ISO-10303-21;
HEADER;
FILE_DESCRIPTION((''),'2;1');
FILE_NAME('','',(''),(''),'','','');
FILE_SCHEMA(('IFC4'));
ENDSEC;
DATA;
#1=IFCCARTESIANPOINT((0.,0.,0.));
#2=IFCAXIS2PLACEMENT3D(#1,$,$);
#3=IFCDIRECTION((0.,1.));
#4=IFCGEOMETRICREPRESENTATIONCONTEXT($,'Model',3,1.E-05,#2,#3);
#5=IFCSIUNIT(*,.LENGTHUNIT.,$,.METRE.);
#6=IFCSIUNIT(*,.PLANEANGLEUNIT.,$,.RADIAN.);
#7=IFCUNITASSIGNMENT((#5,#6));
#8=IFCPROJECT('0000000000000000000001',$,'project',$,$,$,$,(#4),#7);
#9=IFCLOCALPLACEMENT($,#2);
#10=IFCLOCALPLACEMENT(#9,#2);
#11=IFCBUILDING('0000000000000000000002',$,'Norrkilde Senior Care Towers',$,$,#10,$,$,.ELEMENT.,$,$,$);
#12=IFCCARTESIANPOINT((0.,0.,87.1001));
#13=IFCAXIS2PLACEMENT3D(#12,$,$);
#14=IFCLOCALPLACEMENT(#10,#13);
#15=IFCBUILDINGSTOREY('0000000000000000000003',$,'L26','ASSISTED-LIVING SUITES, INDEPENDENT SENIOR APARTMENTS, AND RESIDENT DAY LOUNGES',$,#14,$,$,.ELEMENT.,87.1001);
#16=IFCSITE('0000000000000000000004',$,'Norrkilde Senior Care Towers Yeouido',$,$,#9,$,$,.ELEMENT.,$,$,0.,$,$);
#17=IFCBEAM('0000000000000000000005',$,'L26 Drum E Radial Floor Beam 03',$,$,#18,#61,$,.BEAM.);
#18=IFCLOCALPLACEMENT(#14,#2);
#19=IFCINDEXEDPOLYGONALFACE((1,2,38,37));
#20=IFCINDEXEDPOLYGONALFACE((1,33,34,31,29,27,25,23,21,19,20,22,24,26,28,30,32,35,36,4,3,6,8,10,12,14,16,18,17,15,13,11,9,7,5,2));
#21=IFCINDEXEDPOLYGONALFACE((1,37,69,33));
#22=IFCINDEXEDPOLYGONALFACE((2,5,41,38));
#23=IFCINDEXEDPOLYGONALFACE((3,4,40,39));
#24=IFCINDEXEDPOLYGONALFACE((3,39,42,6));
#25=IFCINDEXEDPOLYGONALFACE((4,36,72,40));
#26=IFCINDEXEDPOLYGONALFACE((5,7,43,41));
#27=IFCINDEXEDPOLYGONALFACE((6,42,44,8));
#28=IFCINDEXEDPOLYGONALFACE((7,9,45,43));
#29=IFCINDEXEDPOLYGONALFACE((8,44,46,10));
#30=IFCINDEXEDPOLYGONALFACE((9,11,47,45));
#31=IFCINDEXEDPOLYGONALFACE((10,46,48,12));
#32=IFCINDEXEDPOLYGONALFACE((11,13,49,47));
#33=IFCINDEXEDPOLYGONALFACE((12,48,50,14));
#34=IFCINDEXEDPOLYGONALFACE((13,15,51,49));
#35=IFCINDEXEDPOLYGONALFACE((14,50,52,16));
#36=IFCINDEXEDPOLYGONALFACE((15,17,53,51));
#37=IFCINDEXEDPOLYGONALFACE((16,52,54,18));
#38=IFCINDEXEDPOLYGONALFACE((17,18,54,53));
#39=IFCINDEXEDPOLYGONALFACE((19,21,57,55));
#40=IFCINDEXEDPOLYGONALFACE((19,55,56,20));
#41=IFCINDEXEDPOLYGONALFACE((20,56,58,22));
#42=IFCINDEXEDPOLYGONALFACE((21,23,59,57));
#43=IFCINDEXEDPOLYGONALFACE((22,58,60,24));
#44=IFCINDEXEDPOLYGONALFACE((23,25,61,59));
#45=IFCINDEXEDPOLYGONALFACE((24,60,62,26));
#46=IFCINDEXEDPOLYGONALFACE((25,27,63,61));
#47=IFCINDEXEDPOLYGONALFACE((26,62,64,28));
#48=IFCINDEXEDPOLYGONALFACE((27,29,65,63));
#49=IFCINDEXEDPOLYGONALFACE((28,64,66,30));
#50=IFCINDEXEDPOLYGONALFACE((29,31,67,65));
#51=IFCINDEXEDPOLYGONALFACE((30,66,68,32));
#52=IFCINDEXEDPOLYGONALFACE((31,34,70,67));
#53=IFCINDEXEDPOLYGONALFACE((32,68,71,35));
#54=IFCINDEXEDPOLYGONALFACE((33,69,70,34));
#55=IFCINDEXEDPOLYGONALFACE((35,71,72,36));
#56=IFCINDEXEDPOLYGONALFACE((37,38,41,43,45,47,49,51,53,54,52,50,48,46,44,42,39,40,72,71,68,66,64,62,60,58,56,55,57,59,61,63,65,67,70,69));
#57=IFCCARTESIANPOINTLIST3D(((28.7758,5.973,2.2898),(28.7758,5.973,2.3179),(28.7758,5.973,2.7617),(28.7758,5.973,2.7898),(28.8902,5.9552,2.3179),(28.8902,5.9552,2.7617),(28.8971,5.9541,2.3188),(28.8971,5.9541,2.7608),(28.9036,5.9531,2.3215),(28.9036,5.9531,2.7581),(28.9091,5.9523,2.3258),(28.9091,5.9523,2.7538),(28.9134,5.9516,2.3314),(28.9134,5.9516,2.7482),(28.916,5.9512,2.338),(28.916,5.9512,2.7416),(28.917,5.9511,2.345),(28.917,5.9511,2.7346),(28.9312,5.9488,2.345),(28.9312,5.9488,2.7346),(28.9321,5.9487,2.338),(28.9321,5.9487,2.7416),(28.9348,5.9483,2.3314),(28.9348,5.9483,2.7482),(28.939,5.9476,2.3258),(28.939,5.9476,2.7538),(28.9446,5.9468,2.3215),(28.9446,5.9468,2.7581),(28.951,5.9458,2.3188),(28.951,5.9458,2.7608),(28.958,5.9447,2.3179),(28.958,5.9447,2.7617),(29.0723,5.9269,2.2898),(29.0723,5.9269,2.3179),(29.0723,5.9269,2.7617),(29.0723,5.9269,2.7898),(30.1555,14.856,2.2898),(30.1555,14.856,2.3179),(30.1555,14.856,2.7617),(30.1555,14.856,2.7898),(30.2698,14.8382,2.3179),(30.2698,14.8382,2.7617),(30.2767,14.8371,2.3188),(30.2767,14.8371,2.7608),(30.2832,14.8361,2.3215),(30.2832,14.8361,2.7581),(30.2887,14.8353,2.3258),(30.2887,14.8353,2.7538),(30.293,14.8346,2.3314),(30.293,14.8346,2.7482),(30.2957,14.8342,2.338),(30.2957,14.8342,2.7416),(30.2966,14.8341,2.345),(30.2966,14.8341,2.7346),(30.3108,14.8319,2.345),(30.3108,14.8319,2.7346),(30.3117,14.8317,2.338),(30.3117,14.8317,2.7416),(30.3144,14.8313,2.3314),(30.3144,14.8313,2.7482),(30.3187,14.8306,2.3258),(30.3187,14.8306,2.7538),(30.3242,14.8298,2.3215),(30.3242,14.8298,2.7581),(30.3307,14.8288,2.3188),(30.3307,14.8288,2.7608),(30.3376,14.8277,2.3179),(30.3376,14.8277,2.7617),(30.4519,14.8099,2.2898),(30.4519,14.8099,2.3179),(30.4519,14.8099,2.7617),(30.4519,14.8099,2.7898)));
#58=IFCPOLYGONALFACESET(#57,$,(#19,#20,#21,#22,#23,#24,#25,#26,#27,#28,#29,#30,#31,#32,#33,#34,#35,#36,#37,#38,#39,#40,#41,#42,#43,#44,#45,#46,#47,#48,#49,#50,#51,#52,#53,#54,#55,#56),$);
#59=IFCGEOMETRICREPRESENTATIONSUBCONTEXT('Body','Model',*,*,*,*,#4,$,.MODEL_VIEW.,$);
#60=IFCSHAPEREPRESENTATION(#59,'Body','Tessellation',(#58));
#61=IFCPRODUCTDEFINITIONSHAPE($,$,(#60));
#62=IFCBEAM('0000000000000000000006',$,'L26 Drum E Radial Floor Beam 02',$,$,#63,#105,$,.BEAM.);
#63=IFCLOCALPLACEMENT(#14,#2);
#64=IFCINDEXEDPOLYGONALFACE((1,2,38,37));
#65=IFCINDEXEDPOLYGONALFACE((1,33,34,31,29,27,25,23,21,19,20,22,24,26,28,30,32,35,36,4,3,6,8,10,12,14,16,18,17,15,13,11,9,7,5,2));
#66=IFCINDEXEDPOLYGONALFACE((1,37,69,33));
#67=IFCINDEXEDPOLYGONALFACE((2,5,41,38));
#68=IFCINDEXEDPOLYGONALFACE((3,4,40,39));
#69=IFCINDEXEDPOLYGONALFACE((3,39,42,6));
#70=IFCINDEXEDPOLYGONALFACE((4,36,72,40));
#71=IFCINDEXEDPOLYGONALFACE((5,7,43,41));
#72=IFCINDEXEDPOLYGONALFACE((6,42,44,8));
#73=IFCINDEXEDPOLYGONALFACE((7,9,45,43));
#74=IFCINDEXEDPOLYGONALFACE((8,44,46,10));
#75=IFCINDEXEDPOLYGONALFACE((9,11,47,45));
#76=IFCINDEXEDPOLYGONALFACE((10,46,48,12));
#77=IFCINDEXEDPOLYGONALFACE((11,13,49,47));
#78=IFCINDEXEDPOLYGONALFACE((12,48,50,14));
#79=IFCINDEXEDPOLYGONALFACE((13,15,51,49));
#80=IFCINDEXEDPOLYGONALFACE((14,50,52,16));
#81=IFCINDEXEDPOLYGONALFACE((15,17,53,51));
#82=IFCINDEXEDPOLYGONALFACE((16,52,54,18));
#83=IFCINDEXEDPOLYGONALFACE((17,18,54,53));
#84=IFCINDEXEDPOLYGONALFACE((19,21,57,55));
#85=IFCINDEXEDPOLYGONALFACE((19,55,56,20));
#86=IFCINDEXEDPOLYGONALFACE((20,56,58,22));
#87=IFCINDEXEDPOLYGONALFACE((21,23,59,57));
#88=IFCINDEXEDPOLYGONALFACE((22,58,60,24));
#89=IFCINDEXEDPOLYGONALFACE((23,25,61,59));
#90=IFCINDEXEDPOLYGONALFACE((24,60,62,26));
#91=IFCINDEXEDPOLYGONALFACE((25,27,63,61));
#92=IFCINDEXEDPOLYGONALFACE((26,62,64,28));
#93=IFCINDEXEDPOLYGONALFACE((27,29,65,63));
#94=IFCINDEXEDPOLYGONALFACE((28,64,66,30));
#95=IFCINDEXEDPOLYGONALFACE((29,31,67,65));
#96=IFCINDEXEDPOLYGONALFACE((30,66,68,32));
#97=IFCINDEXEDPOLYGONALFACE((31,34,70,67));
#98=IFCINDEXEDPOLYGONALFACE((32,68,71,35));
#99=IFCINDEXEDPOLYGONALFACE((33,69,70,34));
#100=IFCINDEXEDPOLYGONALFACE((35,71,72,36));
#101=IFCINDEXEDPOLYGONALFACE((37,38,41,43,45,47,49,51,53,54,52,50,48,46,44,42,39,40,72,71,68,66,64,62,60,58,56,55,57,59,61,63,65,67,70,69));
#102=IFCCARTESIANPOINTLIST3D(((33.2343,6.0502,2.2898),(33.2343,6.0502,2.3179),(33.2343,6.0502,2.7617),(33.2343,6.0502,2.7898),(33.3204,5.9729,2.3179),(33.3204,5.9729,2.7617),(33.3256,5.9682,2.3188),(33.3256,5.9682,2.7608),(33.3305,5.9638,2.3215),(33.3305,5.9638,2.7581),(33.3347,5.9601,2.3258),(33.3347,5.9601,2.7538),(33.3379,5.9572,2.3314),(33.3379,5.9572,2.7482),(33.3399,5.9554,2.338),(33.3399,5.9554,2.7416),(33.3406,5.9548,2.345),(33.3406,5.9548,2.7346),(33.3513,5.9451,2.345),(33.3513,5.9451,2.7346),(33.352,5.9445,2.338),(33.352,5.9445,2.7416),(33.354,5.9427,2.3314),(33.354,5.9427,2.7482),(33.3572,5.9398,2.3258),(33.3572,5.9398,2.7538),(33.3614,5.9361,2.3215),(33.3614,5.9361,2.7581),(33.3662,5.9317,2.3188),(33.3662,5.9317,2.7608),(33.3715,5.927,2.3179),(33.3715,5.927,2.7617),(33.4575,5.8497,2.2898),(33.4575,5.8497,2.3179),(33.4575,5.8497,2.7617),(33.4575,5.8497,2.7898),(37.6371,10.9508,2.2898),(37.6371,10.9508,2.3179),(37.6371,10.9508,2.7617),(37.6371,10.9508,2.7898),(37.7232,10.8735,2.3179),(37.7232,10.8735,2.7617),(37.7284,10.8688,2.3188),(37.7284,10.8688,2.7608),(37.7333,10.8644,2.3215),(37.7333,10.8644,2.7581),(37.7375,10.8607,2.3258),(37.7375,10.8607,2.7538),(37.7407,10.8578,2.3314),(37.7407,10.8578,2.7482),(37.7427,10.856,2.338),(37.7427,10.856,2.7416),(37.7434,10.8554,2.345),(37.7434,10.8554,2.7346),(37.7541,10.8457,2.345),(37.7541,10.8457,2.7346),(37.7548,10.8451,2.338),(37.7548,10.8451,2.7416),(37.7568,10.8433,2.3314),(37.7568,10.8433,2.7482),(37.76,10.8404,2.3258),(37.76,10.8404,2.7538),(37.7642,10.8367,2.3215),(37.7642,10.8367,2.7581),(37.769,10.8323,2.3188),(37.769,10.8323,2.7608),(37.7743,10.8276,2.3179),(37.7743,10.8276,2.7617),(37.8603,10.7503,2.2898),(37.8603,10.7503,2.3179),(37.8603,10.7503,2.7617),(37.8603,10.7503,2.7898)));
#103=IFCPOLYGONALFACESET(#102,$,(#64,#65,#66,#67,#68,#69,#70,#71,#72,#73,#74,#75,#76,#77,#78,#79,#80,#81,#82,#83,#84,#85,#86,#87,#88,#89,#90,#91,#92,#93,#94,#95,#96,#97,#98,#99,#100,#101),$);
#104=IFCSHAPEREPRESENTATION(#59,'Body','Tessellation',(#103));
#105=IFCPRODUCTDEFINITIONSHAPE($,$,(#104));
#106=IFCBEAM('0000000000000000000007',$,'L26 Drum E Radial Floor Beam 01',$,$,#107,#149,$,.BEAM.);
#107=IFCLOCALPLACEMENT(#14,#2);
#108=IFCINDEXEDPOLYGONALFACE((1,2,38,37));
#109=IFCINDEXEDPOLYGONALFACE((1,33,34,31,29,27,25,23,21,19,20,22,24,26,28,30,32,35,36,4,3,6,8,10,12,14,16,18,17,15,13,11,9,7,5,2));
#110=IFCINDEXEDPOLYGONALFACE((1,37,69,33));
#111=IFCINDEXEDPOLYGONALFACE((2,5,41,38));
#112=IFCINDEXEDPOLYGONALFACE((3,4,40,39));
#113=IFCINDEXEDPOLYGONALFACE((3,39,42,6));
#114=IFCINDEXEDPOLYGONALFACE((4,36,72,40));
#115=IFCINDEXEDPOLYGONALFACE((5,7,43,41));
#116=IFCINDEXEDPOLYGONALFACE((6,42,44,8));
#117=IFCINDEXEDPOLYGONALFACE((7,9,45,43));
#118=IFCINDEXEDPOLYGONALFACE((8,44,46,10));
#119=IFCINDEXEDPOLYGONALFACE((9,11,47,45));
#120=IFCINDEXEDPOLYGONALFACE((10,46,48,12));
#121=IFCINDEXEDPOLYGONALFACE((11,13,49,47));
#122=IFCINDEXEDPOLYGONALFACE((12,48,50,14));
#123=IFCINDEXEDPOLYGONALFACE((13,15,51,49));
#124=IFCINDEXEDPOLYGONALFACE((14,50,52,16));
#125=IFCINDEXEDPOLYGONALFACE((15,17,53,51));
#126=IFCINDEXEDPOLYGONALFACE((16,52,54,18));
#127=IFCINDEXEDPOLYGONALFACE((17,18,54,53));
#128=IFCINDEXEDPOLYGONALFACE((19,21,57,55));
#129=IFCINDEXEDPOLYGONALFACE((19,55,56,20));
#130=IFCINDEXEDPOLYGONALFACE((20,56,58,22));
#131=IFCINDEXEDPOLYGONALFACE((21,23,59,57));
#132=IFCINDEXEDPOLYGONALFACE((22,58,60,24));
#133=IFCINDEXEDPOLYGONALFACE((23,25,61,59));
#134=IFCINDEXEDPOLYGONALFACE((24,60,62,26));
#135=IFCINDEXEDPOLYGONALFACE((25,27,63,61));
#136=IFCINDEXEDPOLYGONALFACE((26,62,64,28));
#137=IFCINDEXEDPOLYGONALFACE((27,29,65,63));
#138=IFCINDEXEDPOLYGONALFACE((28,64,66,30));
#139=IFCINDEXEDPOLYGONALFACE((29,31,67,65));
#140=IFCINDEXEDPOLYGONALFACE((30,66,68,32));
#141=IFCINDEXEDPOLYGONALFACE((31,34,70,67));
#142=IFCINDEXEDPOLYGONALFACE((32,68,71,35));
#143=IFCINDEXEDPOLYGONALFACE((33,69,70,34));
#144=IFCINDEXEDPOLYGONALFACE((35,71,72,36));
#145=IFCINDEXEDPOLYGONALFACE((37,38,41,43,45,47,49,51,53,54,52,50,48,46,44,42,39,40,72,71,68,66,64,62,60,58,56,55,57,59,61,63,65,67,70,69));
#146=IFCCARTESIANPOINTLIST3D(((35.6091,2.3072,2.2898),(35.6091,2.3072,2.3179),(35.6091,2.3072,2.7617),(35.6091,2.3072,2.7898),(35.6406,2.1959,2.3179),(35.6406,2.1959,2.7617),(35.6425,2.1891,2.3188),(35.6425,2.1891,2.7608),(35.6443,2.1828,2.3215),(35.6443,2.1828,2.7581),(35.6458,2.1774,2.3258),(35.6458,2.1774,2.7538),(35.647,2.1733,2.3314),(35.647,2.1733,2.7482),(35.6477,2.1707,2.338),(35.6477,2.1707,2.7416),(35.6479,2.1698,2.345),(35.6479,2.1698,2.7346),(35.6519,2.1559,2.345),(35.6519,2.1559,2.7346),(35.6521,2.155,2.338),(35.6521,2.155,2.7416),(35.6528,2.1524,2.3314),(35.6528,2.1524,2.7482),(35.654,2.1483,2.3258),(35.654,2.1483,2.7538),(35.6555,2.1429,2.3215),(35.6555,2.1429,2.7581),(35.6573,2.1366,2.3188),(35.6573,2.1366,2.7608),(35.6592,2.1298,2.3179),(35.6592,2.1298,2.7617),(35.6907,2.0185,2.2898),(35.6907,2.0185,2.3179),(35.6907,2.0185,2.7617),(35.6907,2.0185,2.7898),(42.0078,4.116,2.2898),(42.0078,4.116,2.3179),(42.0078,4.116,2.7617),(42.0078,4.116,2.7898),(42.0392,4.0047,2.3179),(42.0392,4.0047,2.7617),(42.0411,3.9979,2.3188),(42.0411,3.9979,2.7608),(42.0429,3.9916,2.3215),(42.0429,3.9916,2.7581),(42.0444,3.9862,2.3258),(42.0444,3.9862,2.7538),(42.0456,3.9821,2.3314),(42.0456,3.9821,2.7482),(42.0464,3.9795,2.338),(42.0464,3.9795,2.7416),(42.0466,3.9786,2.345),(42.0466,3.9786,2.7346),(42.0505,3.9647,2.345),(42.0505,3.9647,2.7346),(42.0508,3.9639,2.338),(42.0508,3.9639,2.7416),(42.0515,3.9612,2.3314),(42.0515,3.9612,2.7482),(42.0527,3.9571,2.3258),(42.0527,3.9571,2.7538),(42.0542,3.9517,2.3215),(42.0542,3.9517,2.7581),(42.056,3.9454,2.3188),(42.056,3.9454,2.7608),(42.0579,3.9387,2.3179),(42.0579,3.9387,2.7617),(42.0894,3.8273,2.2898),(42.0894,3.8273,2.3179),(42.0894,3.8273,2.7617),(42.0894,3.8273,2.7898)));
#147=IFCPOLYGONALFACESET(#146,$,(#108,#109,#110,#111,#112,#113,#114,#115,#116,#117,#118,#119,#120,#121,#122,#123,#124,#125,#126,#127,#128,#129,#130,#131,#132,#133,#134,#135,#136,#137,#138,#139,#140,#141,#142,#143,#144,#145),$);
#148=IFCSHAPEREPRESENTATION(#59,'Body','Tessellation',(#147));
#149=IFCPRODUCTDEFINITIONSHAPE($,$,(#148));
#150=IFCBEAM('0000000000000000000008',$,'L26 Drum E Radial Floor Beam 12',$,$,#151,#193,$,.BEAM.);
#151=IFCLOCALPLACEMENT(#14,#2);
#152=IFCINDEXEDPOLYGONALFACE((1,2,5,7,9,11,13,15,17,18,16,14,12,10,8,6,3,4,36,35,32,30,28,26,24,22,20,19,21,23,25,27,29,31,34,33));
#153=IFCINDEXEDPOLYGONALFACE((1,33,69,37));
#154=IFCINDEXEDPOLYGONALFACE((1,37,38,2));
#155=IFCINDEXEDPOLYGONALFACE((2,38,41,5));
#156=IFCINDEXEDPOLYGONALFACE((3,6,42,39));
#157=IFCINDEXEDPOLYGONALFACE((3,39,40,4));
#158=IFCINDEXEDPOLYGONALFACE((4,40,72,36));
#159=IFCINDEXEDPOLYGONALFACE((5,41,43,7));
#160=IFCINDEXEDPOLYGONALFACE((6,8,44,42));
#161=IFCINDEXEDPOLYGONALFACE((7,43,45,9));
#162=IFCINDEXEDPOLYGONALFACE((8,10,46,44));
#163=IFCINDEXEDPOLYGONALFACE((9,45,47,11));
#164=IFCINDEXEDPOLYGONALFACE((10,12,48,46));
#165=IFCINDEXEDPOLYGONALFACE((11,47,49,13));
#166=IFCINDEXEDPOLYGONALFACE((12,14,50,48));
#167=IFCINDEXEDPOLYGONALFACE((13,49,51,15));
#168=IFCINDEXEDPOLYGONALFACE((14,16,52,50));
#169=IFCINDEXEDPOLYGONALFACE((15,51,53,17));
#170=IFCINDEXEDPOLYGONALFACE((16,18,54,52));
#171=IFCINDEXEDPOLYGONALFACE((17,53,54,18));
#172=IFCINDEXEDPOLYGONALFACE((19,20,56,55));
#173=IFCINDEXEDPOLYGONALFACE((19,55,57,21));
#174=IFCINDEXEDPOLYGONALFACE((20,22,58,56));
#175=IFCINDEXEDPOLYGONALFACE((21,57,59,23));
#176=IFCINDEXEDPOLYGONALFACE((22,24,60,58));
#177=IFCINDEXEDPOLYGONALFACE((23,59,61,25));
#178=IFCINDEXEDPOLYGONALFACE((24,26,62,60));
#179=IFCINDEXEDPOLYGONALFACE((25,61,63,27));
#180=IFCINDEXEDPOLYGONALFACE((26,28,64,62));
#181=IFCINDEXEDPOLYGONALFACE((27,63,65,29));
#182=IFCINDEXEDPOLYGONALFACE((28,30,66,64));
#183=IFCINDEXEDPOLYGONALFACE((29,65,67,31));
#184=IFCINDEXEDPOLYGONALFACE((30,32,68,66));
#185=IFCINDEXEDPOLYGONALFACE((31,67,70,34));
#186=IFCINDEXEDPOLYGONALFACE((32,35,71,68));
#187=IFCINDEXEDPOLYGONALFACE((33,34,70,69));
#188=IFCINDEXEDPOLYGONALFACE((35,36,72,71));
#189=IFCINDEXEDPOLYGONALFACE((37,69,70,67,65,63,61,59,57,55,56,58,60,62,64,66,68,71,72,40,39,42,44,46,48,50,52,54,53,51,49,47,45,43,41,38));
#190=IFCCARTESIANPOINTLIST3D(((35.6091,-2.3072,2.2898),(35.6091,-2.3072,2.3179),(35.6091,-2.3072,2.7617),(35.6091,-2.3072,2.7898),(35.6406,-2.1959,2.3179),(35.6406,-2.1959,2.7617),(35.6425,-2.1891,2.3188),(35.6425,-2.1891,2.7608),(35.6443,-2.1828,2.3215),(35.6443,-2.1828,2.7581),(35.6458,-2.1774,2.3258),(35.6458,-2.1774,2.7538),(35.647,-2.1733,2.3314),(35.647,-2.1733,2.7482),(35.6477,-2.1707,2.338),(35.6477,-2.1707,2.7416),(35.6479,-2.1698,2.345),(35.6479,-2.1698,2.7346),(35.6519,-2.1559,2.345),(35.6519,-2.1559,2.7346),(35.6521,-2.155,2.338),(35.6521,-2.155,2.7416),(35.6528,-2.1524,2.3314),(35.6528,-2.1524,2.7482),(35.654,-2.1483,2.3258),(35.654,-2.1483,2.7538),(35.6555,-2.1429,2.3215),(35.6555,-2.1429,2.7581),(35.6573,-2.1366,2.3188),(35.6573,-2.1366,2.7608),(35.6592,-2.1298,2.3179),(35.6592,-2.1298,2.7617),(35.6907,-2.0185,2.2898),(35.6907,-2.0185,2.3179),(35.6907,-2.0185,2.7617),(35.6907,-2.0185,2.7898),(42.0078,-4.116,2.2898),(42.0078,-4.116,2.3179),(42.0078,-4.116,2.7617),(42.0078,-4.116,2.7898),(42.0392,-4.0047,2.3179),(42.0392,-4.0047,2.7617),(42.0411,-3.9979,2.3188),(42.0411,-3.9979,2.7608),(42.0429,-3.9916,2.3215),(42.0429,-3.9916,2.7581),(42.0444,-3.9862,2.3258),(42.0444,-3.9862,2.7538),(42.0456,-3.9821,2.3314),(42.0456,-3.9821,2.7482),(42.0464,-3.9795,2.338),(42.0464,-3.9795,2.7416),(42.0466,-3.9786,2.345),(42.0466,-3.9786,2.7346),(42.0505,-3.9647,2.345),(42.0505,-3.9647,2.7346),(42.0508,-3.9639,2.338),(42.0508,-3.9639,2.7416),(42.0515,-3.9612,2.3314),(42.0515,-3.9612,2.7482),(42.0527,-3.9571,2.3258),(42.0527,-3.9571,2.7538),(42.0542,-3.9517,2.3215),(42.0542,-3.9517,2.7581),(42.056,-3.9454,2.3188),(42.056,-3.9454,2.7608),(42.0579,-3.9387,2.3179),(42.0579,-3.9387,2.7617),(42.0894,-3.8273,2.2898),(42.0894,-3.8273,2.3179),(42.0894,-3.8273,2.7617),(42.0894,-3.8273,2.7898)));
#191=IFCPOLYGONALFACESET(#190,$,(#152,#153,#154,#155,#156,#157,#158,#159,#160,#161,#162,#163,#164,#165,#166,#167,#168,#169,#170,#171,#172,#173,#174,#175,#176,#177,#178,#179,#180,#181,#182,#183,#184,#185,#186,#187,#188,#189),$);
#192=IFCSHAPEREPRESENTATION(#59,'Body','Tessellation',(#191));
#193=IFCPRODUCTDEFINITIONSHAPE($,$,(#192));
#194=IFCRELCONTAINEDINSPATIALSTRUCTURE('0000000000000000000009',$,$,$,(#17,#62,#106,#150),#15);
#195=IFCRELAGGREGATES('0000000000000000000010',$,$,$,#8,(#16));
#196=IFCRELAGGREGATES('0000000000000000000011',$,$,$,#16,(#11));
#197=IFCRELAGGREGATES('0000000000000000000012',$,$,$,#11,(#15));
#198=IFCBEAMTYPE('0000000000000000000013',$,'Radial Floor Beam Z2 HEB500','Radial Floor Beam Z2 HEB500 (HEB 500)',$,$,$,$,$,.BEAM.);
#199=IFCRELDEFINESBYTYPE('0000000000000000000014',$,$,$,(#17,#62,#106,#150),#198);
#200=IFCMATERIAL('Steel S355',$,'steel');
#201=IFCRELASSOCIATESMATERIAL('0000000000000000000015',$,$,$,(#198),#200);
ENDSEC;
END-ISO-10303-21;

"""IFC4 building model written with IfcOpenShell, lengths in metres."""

from ifc_helpers import new_model, si_unit, direction, frame, origin, origin_2d, place, context, subcontext, project, spatial, i_section, extrude, source, transform, mapped, material, material_profile, profile_set, type_object, type_shapes, element, save


model = new_model("IFC4")

# Units and contexts
model_context = context("Model", 3, precision=1e-05, world=origin(), true_north=direction((0.0, 1.0)))
body_context = subcontext(model_context, "Body", "Model", "MODEL_VIEW")
ifc_project = project(units=[si_unit("LENGTHUNIT", "METRE"), si_unit("PLANEANGLEUNIT", "RADIAN")], contexts=[model_context])

# Site, building, storey
site_placement = place(None, origin())
site = spatial("IfcSite", under=ifc_project, at=site_placement, Name="Norrkilde Senior Care Towers Yeouido", CompositionType="ELEMENT", RefElevation=0.0)
building_placement = place(site_placement, origin())
building = spatial("IfcBuilding", under=site, at=building_placement, Name="Norrkilde Senior Care Towers", CompositionType="ELEMENT")
storey_placement = place(building_placement, frame((0.0, 0.0, 87.1001)))
storey = spatial("IfcBuildingStorey", under=building, at=storey_placement, Name="L26", Description="ASSISTED-LIVING SUITES, INDEPENDENT SENIOR APARTMENTS, AND RESIDENT DAY LOUNGES", CompositionType="ELEMENT", Elevation=87.1001)

# Beams
ifc_material_1 = material(Name="Steel S355", Category="steel")
ifc_material_profile = material_profile(ifc_material_1, i_section(OverallWidth=0.3, OverallDepth=0.5, WebThickness=0.0144, FlangeThickness=0.0281, FilletRadius=0.0271, at=origin_2d()), Name="HEB 500")
ifc_profile_set = profile_set([ifc_material_profile], Name="Steel S355")
beam_type = type_object("IfcBeamType", Name="Radial Floor Beam Z2 HEB500", Description="Radial Floor Beam Z2 HEB500 (HEB 500)", PredefinedType="BEAM", material=ifc_profile_set)
shared_shape_1 = source(origin(), body_context, "Body", "SweptSolid", [
    extrude(i_section(OverallWidth=0.3, OverallDepth=0.5, WebThickness=0.0144, FlangeThickness=0.0281, FilletRadius=0.0271, at=origin_2d()), origin(), (0.0, 0.0, 1.0), 8.9895),
])
beam_1_placement = place(storey_placement, frame((28.9241, 5.95, 2.5398), z_axis=(0.153471, 0.988153, 0.0), x_axis=(-0.988153, 0.153471, 0.0)))
element("IfcBeam", 1, at=beam_1_placement, inside=storey, type_object=beam_type, Name="L26 Drum E Radial Floor Beam 03", PredefinedType="BEAM", context=body_context, shape_type="MappedRepresentation", body=[
    mapped(shared_shape_1, transform((0.0, 0.0, 0.0), x_axis=(1.0, 0.0, 0.0), y_axis=(0.0, 1.0, 0.0), z_axis=(0.0, 0.0, 1.0), scale=1.0)),
])
shared_shape_2 = source(origin(), body_context, "Body", "SweptSolid", [
    extrude(i_section(OverallWidth=0.3, OverallDepth=0.5, WebThickness=0.0144, FlangeThickness=0.0281, FilletRadius=0.0271, at=origin_2d()), origin(), (0.0, 0.0, 1.0), 6.5879),
])
beam_2_placement = place(storey_placement, frame((33.3459, 5.95, 2.5398), z_axis=(0.668315, 0.743878, 0.0), x_axis=(-0.743878, 0.668315, 0.0)))
element("IfcBeam", 2, at=beam_2_placement, inside=storey, type_object=beam_type, Name="L26 Drum E Radial Floor Beam 02", PredefinedType="BEAM", context=body_context, shape_type="MappedRepresentation", body=[
    mapped(shared_shape_2, transform((0.0, 0.0, 0.0), x_axis=(1.0, 0.0, 0.0), y_axis=(0.0, 1.0, 0.0), z_axis=(0.0, 0.0, 1.0), scale=1.0)),
])
shared_shape_3 = source(origin(), body_context, "Body", "SweptSolid", [
    extrude(i_section(OverallWidth=0.3, OverallDepth=0.5, WebThickness=0.0144, FlangeThickness=0.0281, FilletRadius=0.0271, at=origin_2d()), origin(), (0.0, 0.0, 1.0), 6.6494),
])
type_shapes(beam_type, [shared_shape_1, shared_shape_2, shared_shape_3])
for number, where, z_axis, x_axis, name in (
    (3, (35.6499, 2.1628, 2.5398), (0.962289, 0.272029, 0.0), (-0.272029, 0.962289, 0.0), "L26 Drum E Radial Floor Beam 01"),
    (4, (35.6499, -2.1628, 2.5398), (0.962289, -0.272029, 0.0), (0.272029, 0.962289, 0.0), "L26 Drum E Radial Floor Beam 12"),
):
    element("IfcBeam", number, at=place(storey_placement, frame(where, z_axis=z_axis, x_axis=x_axis)), inside=storey, type_object=beam_type, Name=name, PredefinedType="BEAM", context=body_context, shape_type="MappedRepresentation", body=[
        mapped(shared_shape_3, transform((0.0, 0.0, 0.0), x_axis=(1.0, 0.0, 0.0), y_axis=(0.0, 1.0, 0.0), z_axis=(0.0, 0.0, 1.0), scale=1.0)),
    ])

save(model, "model.ifc")
